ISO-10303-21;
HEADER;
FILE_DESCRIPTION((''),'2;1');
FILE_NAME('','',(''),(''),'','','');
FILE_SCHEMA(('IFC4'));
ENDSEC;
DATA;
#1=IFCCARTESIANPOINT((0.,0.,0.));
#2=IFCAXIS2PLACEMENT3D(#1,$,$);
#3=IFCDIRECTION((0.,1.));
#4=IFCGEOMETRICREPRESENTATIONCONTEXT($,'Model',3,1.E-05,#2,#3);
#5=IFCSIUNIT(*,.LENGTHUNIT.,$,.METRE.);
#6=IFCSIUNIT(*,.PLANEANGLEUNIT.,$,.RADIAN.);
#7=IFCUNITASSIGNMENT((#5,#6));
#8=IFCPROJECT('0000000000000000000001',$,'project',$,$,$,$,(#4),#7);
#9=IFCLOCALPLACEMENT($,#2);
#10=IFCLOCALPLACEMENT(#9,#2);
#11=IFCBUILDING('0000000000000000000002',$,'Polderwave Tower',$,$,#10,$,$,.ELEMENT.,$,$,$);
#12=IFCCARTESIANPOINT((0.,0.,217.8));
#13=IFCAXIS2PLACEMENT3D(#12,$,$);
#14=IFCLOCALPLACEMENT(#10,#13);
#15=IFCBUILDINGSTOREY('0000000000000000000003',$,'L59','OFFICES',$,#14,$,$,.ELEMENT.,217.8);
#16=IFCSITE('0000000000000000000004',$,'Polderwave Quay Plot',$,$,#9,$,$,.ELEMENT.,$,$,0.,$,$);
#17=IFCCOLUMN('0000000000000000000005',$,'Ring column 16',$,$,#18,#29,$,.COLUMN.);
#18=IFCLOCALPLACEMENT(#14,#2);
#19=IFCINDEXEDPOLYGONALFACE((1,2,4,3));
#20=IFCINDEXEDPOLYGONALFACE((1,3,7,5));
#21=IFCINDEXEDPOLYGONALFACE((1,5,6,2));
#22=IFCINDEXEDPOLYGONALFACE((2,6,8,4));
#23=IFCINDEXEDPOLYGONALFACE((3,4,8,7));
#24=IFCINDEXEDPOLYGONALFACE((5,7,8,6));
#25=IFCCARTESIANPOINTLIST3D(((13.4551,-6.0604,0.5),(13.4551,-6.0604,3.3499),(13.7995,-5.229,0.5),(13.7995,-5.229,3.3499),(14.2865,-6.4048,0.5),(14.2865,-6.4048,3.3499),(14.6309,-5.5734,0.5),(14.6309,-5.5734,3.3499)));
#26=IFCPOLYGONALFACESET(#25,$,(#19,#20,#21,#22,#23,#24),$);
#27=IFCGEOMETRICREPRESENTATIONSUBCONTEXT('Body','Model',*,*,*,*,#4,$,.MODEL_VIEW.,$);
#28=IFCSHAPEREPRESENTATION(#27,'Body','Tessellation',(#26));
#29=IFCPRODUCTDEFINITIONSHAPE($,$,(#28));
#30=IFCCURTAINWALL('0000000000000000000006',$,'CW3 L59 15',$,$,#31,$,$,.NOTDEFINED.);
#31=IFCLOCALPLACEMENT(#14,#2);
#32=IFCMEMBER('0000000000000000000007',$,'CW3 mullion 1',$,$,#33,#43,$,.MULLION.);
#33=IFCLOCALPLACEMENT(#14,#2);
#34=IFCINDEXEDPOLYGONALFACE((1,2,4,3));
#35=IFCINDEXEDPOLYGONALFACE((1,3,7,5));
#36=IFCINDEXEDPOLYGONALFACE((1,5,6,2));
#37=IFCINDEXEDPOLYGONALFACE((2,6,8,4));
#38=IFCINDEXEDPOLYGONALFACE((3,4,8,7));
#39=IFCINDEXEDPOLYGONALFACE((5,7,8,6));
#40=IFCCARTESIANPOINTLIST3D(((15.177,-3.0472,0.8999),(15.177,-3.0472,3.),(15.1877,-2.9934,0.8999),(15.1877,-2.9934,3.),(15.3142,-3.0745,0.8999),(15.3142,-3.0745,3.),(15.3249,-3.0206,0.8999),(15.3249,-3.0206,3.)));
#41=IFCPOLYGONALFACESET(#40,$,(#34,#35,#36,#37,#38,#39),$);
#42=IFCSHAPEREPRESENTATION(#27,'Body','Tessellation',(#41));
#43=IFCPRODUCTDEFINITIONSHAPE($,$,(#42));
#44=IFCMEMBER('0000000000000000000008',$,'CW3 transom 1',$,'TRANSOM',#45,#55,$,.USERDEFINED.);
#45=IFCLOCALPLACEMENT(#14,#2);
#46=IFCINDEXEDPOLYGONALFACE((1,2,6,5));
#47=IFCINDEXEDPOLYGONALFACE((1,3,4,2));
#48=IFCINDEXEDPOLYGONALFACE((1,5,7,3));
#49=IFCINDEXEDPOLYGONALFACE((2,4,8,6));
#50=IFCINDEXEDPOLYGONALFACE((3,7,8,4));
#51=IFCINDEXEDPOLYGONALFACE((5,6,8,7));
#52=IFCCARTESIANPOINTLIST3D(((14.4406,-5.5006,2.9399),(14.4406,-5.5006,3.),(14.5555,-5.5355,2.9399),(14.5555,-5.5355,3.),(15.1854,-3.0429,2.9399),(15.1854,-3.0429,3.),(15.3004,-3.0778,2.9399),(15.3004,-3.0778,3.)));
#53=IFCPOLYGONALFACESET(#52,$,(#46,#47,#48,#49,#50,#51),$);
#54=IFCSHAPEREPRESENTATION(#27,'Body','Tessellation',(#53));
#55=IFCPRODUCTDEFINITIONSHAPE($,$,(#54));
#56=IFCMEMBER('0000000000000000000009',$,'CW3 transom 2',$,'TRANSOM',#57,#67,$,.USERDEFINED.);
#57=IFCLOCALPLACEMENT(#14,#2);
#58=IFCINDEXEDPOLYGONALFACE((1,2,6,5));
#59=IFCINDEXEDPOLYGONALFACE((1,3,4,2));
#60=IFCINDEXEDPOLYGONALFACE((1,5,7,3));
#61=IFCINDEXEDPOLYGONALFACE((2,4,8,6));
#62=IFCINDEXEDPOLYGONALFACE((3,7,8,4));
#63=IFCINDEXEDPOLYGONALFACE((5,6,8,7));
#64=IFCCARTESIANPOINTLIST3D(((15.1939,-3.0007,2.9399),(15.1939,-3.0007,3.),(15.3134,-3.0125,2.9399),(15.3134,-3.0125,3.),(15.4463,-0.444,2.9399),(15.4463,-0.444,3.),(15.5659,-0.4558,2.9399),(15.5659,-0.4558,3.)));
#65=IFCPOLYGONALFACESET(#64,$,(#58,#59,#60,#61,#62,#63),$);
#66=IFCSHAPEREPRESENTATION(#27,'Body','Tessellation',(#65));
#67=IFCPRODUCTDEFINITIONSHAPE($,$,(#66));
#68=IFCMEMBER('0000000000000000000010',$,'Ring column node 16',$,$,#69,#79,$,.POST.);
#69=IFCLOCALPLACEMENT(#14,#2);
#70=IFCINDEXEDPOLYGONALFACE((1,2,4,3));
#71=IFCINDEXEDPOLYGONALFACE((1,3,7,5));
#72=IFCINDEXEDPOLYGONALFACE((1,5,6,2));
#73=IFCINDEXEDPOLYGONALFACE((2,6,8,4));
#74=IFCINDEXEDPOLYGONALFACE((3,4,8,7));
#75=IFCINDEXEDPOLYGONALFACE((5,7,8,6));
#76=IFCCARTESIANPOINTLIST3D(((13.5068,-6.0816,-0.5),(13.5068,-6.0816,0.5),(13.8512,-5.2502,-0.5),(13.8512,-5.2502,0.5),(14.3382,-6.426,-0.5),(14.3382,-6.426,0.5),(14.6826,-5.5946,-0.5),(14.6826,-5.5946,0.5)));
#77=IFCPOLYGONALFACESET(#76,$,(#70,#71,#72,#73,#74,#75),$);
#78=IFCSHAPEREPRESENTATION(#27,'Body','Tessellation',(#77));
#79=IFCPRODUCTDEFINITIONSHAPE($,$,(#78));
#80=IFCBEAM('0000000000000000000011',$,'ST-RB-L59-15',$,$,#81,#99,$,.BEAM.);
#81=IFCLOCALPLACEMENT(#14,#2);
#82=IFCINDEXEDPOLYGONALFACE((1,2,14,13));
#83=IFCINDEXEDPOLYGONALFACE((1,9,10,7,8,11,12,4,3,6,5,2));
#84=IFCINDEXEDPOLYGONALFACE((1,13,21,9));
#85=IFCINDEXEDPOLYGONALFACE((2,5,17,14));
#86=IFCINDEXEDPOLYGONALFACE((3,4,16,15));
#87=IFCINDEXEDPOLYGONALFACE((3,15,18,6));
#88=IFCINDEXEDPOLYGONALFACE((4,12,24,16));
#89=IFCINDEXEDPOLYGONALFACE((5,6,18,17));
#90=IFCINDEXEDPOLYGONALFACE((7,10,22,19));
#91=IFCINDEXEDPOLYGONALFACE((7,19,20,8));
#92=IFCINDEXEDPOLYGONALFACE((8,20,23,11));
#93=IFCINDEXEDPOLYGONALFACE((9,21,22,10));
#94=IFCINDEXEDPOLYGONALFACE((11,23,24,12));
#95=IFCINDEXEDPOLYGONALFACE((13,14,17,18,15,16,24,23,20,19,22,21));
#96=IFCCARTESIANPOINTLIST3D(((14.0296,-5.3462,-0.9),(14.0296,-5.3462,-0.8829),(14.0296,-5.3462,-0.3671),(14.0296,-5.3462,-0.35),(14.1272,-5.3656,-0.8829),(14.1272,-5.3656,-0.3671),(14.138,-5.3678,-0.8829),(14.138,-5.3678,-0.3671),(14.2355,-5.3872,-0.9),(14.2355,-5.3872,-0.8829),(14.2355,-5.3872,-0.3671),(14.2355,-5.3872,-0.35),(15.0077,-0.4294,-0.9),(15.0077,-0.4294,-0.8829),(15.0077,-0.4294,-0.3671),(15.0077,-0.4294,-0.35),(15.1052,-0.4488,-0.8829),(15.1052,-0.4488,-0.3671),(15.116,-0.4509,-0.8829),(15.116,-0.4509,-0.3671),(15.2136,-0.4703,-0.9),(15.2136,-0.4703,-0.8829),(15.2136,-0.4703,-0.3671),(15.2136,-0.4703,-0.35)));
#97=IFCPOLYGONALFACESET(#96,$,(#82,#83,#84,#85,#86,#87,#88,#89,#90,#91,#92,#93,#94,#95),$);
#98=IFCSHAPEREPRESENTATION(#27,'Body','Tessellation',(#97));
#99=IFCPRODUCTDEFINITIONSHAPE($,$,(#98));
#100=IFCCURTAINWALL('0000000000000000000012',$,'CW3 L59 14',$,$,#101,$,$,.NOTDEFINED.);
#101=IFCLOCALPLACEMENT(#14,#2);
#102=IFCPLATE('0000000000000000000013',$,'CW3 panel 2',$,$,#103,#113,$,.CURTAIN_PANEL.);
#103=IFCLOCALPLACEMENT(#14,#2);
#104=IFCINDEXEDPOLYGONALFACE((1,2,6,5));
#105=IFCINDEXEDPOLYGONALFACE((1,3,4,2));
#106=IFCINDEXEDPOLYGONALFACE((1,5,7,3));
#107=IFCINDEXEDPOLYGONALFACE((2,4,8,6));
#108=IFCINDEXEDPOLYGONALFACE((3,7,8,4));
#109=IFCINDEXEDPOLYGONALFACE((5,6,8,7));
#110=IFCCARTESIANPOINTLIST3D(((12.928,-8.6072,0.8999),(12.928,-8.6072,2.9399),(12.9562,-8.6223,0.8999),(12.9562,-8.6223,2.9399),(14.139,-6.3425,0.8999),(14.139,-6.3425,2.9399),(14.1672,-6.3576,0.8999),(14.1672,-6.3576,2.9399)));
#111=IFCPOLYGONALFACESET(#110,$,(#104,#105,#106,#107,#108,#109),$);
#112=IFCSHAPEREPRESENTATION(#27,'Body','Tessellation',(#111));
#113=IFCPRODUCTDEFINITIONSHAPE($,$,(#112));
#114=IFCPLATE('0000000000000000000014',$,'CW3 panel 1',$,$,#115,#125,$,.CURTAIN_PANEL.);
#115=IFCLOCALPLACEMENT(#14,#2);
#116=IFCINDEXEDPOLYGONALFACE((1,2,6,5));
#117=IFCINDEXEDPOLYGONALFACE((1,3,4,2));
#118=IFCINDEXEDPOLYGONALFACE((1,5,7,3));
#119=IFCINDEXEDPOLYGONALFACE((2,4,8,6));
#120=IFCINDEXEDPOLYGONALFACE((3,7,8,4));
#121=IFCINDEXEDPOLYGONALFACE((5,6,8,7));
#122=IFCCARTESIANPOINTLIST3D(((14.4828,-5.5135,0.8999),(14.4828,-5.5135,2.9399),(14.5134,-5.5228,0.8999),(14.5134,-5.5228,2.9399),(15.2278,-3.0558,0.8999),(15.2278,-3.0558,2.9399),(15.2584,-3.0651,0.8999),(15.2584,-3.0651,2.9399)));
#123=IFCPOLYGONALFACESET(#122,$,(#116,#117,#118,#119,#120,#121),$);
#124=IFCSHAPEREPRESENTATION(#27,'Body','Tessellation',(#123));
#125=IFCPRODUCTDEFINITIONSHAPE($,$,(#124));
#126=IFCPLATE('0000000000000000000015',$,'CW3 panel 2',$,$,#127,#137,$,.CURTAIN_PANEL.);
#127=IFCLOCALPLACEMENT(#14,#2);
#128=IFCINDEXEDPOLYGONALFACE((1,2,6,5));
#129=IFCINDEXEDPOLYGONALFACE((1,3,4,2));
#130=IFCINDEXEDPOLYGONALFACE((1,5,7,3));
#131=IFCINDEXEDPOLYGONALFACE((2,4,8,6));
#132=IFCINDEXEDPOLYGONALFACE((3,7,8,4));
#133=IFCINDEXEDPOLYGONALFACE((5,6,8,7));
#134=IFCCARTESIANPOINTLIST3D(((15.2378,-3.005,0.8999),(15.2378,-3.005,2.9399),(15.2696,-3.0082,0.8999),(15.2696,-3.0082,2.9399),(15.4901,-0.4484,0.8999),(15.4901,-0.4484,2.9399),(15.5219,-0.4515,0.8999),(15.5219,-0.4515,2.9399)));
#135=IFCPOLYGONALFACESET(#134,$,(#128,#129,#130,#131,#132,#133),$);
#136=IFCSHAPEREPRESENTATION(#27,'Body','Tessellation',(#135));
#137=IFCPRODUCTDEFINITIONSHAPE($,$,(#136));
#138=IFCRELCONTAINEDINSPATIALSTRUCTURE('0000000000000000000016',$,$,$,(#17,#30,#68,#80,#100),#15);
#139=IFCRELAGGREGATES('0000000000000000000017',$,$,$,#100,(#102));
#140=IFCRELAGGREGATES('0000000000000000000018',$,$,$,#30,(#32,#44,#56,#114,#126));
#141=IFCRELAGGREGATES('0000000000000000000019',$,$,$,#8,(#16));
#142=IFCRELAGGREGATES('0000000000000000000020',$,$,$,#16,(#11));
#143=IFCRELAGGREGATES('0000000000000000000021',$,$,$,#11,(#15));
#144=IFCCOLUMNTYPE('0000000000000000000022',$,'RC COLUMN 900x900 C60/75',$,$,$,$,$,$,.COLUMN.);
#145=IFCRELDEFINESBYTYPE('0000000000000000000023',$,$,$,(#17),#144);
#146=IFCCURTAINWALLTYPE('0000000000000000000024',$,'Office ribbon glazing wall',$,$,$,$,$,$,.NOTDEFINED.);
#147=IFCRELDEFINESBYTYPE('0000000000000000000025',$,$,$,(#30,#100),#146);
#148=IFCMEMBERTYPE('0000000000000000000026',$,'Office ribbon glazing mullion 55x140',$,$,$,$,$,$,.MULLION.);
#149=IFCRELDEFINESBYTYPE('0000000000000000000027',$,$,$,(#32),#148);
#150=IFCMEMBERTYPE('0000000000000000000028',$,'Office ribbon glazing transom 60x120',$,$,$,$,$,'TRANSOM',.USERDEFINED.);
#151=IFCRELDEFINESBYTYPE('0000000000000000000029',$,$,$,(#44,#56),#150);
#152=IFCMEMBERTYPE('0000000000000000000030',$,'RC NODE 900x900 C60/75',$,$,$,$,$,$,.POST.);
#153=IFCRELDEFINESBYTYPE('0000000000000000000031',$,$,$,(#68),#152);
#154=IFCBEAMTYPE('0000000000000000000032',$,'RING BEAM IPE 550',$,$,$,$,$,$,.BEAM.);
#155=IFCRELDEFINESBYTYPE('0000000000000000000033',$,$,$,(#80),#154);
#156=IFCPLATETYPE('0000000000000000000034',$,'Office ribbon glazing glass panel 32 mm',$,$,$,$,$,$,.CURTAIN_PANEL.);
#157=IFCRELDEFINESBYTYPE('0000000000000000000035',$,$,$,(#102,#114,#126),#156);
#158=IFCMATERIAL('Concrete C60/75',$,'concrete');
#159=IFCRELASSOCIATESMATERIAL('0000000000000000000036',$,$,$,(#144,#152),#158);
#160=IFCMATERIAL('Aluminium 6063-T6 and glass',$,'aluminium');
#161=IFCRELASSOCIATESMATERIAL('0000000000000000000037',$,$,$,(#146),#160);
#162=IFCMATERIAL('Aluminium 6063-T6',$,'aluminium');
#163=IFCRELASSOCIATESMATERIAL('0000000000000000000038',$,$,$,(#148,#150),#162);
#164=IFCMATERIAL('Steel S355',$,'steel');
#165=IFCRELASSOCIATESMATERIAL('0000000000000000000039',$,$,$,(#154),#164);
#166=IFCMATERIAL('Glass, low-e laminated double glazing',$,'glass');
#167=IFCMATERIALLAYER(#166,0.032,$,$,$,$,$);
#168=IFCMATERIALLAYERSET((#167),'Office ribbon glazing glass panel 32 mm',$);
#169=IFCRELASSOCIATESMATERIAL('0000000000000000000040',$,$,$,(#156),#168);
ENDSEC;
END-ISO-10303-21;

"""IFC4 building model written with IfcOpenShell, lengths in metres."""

from ifc_helpers import new_model, si_unit, direction, frame, origin, origin_2d, place, context, subcontext, project, spatial, rectangle, i_section, extrude, material, layer, layer_set, material_profile, profile_set, type_object, element, aggregate, save


model = new_model("IFC4")

# Units and contexts
model_context = context("Model", 3, precision=1e-05, world=origin(), true_north=direction((0.0, 1.0)))
body_context = subcontext(model_context, "Body", "Model", "MODEL_VIEW")
ifc_project = project(units=[si_unit("LENGTHUNIT", "METRE"), si_unit("PLANEANGLEUNIT", "RADIAN")], contexts=[model_context])

# Site, building, storey
site_placement = place(None, origin())
site = spatial("IfcSite", under=ifc_project, at=site_placement, Name="Polderwave Quay Plot", CompositionType="ELEMENT", RefElevation=0.0)
building_placement = place(site_placement, origin())
building = spatial("IfcBuilding", under=site, at=building_placement, Name="Polderwave Tower", CompositionType="ELEMENT")
storey_placement = place(building_placement, frame((0.0, 0.0, 217.8)))
storey = spatial("IfcBuildingStorey", under=building, at=storey_placement, Name="L59", Description="OFFICES", CompositionType="ELEMENT", Elevation=217.8)

# Column
ifc_material_1 = material(Name="Concrete C60/75", Category="concrete")
ifc_material_profile_1 = material_profile(ifc_material_1, rectangle(XDim=0.8999, YDim=0.8999, at=origin_2d()), Name="RC 900x900")
ifc_profile_set_1 = profile_set([ifc_material_profile_1], Name="Concrete C60/75")
column_type = type_object("IfcColumnType", Name="RC COLUMN 900x900 C60/75", PredefinedType="COLUMN", material=ifc_profile_set_1)
column_placement = place(storey_placement, frame((14.043, -5.8169, 0.5), z_axis=(0.0, 0.0, 1.0), x_axis=(0.92388, -0.382683, 0.0)))
element("IfcColumn", 1, at=column_placement, inside=storey, type_object=column_type, Name="Ring column 16", PredefinedType="COLUMN", context=body_context, shape_type="SweptSolid", body=[
    extrude(rectangle(XDim=0.8999, YDim=0.8999, at=origin_2d()), origin(), (0.0, 0.0, 1.0), 2.8499),
])

# Curtain wall, members
ifc_material_2 = material(Name="Aluminium 6063-T6 and glass", Category="aluminium")
curtain_wall_type = type_object("IfcCurtainWallType", Name="Office ribbon glazing wall", PredefinedType="NOTDEFINED", material=ifc_material_2)
curtain_wall_1_placement = place(storey_placement, origin())
curtain_wall_1 = element("IfcCurtainWall", 2, at=curtain_wall_1_placement, inside=storey, type_object=curtain_wall_type, Name="CW3 L59 15", PredefinedType="NOTDEFINED")
ifc_material_3 = material(Name="Aluminium 6063-T6", Category="aluminium")
ifc_material_profile_2 = material_profile(ifc_material_3, rectangle(XDim=0.1399, YDim=0.0549, at=origin_2d()), Name="AL 55x140")
ifc_profile_set_2 = profile_set([ifc_material_profile_2], Name="Aluminium 6063-T6")
member_type_1 = type_object("IfcMemberType", Name="Office ribbon glazing mullion 55x140", PredefinedType="MULLION", material=ifc_profile_set_2)
member_1_placement = place(storey_placement, frame((15.251, -3.0339, 0.8999), z_axis=(0.0, 0.0, 1.0), x_axis=(-0.980785, 0.195092, 0.0)))
member_1 = element("IfcMember", 3, at=member_1_placement, type_object=member_type_1, Name="CW3 mullion 1", PredefinedType="MULLION", context=body_context, shape_type="SweptSolid", body=[
    extrude(rectangle(XDim=0.1399, YDim=0.0549, at=origin_2d()), origin(), (0.0, 0.0, 1.0), 2.1001),
])
ifc_material_profile_3 = material_profile(ifc_material_3, rectangle(XDim=0.1201, YDim=0.0601, at=origin_2d()), Name="AL 60x120")
ifc_profile_set_3 = profile_set([ifc_material_profile_3], Name="Aluminium 6063-T6")
member_type_2 = type_object("IfcMemberType", Name="Office ribbon glazing transom 60x120", ElementType="TRANSOM", PredefinedType="USERDEFINED", material=ifc_profile_set_3)
member_2_placement = place(storey_placement, frame((14.498, -5.5181, 2.97), z_axis=(0.290042, 0.957014, 0.0), x_axis=(-0.957014, 0.290042, 0.0)))
member_2 = element("IfcMember", 4, at=member_2_placement, type_object=member_type_2, Name="CW3 transom 1", ObjectType="TRANSOM", PredefinedType="USERDEFINED", context=body_context, shape_type="SweptSolid", body=[
    extrude(rectangle(XDim=0.1201, YDim=0.0601, at=origin_2d()), origin(), (0.0, 0.0, 1.0), 2.5681),
])
member_3_placement = place(storey_placement, frame((15.2537, -3.0066, 2.97), z_axis=(0.098262, 0.995161, 0.0), x_axis=(-0.995161, 0.098262, 0.0)))
member_3 = element("IfcMember", 5, at=member_3_placement, type_object=member_type_2, Name="CW3 transom 2", ObjectType="TRANSOM", PredefinedType="USERDEFINED", context=body_context, shape_type="SweptSolid", body=[
    extrude(rectangle(XDim=0.1201, YDim=0.0601, at=origin_2d()), origin(), (0.0, 0.0, 1.0), 2.5691),
])

# Member
ifc_material_profile_4 = material_profile(ifc_material_1, rectangle(XDim=0.8999, YDim=0.8999, at=origin_2d()), Name="RC 900x900")
ifc_profile_set_4 = profile_set([ifc_material_profile_4], Name="Concrete C60/75")
member_type_3 = type_object("IfcMemberType", Name="RC NODE 900x900 C60/75", PredefinedType="POST", material=ifc_profile_set_4)
member_4_placement = place(storey_placement, frame((14.0947, -5.8381, -0.5), z_axis=(0.0, 0.0, 1.0), x_axis=(0.92388, -0.382683, 0.0)))
element("IfcMember", 6, at=member_4_placement, inside=storey, type_object=member_type_3, Name="Ring column node 16", PredefinedType="POST", context=body_context, shape_type="SweptSolid", body=[
    extrude(rectangle(XDim=0.8999, YDim=0.8999, at=origin_2d()), origin(), (0.0, 0.0, 1.0), 1.0),
])

# Beam
ifc_material_4 = material(Name="Steel S355", Category="steel")
ifc_material_profile_5 = material_profile(ifc_material_4, i_section(OverallWidth=0.21, OverallDepth=0.55, WebThickness=0.011, FlangeThickness=0.0171, at=origin_2d()), Name="IPE 550")
ifc_profile_set_5 = profile_set([ifc_material_profile_5], Name="Steel S355")
beam_type = type_object("IfcBeamType", Name="RING BEAM IPE 550", PredefinedType="BEAM", material=ifc_profile_set_5)
beam_placement = place(storey_placement, frame((14.1326, -5.3667, -0.625), z_axis=(0.195095, 0.980784, 0.0), x_axis=(-0.980784, 0.195095, 0.0)))
element("IfcBeam", 7, at=beam_placement, inside=storey, type_object=beam_type, Name="ST-RB-L59-15", PredefinedType="BEAM", context=body_context, shape_type="SweptSolid", body=[
    extrude(i_section(OverallWidth=0.21, OverallDepth=0.55, WebThickness=0.011, FlangeThickness=0.0171, at=origin_2d()), origin(), (0.0, 0.0, 1.0), 5.0132),
])

# Curtain wall, plate
curtain_wall_2_placement = place(storey_placement, origin())
curtain_wall_2 = element("IfcCurtainWall", 8, at=curtain_wall_2_placement, inside=storey, type_object=curtain_wall_type, Name="CW3 L59 14", PredefinedType="NOTDEFINED")
ifc_material_5 = material(Name="Glass, low-e laminated double glazing", Category="glass")
ifc_layer_1 = layer(ifc_material_5, 0.032)
ifc_layer_set_1 = layer_set([ifc_layer_1], Name="Office ribbon glazing glass panel 32 mm")
plate_type = type_object("IfcPlateType", Name="Office ribbon glazing glass panel 32 mm", PredefinedType="CURTAIN_PANEL", material=ifc_layer_set_1)
plate_1_placement = place(storey_placement, frame((13.5476, -7.4824, 0.8999), z_axis=(0.0, 0.0, 1.0), x_axis=(0.471548, 0.881841, 0.0)))
plate_1 = element("IfcPlate", 9, at=plate_1_placement, type_object=plate_type, Name="CW3 panel 2", PredefinedType="CURTAIN_PANEL", context=body_context, shape_type="SweptSolid", body=[
    extrude(rectangle(XDim=2.5681, YDim=0.032, at=origin_2d()), origin(), (0.0, 0.0, 1.0), 2.04),
])
aggregate(curtain_wall_2, [plate_1])

# Plates
plate_2_placement = place(storey_placement, frame((14.8706, -4.2893, 0.8999), z_axis=(0.0, 0.0, 1.0), x_axis=(0.290104, 0.956995, 0.0)))
plate_2 = element("IfcPlate", 10, at=plate_2_placement, type_object=plate_type, Name="CW3 panel 1", PredefinedType="CURTAIN_PANEL", context=body_context, shape_type="SweptSolid", body=[
    extrude(rectangle(XDim=2.5681, YDim=0.032, at=origin_2d()), origin(), (0.0, 0.0, 1.0), 2.04),
])
plate_3_placement = place(storey_placement, frame((15.3799, -1.7283, 0.8999), z_axis=(0.0, 0.0, 1.0), x_axis=(0.098206, 0.995166, 0.0)))
plate_3 = element("IfcPlate", 11, at=plate_3_placement, type_object=plate_type, Name="CW3 panel 2", PredefinedType="CURTAIN_PANEL", context=body_context, shape_type="SweptSolid", body=[
    extrude(rectangle(XDim=2.5691, YDim=0.032, at=origin_2d()), origin(), (0.0, 0.0, 1.0), 2.04),
])
aggregate(curtain_wall_1, [member_1, member_2, member_3, plate_2, plate_3])

save(model, "model.ifc")
